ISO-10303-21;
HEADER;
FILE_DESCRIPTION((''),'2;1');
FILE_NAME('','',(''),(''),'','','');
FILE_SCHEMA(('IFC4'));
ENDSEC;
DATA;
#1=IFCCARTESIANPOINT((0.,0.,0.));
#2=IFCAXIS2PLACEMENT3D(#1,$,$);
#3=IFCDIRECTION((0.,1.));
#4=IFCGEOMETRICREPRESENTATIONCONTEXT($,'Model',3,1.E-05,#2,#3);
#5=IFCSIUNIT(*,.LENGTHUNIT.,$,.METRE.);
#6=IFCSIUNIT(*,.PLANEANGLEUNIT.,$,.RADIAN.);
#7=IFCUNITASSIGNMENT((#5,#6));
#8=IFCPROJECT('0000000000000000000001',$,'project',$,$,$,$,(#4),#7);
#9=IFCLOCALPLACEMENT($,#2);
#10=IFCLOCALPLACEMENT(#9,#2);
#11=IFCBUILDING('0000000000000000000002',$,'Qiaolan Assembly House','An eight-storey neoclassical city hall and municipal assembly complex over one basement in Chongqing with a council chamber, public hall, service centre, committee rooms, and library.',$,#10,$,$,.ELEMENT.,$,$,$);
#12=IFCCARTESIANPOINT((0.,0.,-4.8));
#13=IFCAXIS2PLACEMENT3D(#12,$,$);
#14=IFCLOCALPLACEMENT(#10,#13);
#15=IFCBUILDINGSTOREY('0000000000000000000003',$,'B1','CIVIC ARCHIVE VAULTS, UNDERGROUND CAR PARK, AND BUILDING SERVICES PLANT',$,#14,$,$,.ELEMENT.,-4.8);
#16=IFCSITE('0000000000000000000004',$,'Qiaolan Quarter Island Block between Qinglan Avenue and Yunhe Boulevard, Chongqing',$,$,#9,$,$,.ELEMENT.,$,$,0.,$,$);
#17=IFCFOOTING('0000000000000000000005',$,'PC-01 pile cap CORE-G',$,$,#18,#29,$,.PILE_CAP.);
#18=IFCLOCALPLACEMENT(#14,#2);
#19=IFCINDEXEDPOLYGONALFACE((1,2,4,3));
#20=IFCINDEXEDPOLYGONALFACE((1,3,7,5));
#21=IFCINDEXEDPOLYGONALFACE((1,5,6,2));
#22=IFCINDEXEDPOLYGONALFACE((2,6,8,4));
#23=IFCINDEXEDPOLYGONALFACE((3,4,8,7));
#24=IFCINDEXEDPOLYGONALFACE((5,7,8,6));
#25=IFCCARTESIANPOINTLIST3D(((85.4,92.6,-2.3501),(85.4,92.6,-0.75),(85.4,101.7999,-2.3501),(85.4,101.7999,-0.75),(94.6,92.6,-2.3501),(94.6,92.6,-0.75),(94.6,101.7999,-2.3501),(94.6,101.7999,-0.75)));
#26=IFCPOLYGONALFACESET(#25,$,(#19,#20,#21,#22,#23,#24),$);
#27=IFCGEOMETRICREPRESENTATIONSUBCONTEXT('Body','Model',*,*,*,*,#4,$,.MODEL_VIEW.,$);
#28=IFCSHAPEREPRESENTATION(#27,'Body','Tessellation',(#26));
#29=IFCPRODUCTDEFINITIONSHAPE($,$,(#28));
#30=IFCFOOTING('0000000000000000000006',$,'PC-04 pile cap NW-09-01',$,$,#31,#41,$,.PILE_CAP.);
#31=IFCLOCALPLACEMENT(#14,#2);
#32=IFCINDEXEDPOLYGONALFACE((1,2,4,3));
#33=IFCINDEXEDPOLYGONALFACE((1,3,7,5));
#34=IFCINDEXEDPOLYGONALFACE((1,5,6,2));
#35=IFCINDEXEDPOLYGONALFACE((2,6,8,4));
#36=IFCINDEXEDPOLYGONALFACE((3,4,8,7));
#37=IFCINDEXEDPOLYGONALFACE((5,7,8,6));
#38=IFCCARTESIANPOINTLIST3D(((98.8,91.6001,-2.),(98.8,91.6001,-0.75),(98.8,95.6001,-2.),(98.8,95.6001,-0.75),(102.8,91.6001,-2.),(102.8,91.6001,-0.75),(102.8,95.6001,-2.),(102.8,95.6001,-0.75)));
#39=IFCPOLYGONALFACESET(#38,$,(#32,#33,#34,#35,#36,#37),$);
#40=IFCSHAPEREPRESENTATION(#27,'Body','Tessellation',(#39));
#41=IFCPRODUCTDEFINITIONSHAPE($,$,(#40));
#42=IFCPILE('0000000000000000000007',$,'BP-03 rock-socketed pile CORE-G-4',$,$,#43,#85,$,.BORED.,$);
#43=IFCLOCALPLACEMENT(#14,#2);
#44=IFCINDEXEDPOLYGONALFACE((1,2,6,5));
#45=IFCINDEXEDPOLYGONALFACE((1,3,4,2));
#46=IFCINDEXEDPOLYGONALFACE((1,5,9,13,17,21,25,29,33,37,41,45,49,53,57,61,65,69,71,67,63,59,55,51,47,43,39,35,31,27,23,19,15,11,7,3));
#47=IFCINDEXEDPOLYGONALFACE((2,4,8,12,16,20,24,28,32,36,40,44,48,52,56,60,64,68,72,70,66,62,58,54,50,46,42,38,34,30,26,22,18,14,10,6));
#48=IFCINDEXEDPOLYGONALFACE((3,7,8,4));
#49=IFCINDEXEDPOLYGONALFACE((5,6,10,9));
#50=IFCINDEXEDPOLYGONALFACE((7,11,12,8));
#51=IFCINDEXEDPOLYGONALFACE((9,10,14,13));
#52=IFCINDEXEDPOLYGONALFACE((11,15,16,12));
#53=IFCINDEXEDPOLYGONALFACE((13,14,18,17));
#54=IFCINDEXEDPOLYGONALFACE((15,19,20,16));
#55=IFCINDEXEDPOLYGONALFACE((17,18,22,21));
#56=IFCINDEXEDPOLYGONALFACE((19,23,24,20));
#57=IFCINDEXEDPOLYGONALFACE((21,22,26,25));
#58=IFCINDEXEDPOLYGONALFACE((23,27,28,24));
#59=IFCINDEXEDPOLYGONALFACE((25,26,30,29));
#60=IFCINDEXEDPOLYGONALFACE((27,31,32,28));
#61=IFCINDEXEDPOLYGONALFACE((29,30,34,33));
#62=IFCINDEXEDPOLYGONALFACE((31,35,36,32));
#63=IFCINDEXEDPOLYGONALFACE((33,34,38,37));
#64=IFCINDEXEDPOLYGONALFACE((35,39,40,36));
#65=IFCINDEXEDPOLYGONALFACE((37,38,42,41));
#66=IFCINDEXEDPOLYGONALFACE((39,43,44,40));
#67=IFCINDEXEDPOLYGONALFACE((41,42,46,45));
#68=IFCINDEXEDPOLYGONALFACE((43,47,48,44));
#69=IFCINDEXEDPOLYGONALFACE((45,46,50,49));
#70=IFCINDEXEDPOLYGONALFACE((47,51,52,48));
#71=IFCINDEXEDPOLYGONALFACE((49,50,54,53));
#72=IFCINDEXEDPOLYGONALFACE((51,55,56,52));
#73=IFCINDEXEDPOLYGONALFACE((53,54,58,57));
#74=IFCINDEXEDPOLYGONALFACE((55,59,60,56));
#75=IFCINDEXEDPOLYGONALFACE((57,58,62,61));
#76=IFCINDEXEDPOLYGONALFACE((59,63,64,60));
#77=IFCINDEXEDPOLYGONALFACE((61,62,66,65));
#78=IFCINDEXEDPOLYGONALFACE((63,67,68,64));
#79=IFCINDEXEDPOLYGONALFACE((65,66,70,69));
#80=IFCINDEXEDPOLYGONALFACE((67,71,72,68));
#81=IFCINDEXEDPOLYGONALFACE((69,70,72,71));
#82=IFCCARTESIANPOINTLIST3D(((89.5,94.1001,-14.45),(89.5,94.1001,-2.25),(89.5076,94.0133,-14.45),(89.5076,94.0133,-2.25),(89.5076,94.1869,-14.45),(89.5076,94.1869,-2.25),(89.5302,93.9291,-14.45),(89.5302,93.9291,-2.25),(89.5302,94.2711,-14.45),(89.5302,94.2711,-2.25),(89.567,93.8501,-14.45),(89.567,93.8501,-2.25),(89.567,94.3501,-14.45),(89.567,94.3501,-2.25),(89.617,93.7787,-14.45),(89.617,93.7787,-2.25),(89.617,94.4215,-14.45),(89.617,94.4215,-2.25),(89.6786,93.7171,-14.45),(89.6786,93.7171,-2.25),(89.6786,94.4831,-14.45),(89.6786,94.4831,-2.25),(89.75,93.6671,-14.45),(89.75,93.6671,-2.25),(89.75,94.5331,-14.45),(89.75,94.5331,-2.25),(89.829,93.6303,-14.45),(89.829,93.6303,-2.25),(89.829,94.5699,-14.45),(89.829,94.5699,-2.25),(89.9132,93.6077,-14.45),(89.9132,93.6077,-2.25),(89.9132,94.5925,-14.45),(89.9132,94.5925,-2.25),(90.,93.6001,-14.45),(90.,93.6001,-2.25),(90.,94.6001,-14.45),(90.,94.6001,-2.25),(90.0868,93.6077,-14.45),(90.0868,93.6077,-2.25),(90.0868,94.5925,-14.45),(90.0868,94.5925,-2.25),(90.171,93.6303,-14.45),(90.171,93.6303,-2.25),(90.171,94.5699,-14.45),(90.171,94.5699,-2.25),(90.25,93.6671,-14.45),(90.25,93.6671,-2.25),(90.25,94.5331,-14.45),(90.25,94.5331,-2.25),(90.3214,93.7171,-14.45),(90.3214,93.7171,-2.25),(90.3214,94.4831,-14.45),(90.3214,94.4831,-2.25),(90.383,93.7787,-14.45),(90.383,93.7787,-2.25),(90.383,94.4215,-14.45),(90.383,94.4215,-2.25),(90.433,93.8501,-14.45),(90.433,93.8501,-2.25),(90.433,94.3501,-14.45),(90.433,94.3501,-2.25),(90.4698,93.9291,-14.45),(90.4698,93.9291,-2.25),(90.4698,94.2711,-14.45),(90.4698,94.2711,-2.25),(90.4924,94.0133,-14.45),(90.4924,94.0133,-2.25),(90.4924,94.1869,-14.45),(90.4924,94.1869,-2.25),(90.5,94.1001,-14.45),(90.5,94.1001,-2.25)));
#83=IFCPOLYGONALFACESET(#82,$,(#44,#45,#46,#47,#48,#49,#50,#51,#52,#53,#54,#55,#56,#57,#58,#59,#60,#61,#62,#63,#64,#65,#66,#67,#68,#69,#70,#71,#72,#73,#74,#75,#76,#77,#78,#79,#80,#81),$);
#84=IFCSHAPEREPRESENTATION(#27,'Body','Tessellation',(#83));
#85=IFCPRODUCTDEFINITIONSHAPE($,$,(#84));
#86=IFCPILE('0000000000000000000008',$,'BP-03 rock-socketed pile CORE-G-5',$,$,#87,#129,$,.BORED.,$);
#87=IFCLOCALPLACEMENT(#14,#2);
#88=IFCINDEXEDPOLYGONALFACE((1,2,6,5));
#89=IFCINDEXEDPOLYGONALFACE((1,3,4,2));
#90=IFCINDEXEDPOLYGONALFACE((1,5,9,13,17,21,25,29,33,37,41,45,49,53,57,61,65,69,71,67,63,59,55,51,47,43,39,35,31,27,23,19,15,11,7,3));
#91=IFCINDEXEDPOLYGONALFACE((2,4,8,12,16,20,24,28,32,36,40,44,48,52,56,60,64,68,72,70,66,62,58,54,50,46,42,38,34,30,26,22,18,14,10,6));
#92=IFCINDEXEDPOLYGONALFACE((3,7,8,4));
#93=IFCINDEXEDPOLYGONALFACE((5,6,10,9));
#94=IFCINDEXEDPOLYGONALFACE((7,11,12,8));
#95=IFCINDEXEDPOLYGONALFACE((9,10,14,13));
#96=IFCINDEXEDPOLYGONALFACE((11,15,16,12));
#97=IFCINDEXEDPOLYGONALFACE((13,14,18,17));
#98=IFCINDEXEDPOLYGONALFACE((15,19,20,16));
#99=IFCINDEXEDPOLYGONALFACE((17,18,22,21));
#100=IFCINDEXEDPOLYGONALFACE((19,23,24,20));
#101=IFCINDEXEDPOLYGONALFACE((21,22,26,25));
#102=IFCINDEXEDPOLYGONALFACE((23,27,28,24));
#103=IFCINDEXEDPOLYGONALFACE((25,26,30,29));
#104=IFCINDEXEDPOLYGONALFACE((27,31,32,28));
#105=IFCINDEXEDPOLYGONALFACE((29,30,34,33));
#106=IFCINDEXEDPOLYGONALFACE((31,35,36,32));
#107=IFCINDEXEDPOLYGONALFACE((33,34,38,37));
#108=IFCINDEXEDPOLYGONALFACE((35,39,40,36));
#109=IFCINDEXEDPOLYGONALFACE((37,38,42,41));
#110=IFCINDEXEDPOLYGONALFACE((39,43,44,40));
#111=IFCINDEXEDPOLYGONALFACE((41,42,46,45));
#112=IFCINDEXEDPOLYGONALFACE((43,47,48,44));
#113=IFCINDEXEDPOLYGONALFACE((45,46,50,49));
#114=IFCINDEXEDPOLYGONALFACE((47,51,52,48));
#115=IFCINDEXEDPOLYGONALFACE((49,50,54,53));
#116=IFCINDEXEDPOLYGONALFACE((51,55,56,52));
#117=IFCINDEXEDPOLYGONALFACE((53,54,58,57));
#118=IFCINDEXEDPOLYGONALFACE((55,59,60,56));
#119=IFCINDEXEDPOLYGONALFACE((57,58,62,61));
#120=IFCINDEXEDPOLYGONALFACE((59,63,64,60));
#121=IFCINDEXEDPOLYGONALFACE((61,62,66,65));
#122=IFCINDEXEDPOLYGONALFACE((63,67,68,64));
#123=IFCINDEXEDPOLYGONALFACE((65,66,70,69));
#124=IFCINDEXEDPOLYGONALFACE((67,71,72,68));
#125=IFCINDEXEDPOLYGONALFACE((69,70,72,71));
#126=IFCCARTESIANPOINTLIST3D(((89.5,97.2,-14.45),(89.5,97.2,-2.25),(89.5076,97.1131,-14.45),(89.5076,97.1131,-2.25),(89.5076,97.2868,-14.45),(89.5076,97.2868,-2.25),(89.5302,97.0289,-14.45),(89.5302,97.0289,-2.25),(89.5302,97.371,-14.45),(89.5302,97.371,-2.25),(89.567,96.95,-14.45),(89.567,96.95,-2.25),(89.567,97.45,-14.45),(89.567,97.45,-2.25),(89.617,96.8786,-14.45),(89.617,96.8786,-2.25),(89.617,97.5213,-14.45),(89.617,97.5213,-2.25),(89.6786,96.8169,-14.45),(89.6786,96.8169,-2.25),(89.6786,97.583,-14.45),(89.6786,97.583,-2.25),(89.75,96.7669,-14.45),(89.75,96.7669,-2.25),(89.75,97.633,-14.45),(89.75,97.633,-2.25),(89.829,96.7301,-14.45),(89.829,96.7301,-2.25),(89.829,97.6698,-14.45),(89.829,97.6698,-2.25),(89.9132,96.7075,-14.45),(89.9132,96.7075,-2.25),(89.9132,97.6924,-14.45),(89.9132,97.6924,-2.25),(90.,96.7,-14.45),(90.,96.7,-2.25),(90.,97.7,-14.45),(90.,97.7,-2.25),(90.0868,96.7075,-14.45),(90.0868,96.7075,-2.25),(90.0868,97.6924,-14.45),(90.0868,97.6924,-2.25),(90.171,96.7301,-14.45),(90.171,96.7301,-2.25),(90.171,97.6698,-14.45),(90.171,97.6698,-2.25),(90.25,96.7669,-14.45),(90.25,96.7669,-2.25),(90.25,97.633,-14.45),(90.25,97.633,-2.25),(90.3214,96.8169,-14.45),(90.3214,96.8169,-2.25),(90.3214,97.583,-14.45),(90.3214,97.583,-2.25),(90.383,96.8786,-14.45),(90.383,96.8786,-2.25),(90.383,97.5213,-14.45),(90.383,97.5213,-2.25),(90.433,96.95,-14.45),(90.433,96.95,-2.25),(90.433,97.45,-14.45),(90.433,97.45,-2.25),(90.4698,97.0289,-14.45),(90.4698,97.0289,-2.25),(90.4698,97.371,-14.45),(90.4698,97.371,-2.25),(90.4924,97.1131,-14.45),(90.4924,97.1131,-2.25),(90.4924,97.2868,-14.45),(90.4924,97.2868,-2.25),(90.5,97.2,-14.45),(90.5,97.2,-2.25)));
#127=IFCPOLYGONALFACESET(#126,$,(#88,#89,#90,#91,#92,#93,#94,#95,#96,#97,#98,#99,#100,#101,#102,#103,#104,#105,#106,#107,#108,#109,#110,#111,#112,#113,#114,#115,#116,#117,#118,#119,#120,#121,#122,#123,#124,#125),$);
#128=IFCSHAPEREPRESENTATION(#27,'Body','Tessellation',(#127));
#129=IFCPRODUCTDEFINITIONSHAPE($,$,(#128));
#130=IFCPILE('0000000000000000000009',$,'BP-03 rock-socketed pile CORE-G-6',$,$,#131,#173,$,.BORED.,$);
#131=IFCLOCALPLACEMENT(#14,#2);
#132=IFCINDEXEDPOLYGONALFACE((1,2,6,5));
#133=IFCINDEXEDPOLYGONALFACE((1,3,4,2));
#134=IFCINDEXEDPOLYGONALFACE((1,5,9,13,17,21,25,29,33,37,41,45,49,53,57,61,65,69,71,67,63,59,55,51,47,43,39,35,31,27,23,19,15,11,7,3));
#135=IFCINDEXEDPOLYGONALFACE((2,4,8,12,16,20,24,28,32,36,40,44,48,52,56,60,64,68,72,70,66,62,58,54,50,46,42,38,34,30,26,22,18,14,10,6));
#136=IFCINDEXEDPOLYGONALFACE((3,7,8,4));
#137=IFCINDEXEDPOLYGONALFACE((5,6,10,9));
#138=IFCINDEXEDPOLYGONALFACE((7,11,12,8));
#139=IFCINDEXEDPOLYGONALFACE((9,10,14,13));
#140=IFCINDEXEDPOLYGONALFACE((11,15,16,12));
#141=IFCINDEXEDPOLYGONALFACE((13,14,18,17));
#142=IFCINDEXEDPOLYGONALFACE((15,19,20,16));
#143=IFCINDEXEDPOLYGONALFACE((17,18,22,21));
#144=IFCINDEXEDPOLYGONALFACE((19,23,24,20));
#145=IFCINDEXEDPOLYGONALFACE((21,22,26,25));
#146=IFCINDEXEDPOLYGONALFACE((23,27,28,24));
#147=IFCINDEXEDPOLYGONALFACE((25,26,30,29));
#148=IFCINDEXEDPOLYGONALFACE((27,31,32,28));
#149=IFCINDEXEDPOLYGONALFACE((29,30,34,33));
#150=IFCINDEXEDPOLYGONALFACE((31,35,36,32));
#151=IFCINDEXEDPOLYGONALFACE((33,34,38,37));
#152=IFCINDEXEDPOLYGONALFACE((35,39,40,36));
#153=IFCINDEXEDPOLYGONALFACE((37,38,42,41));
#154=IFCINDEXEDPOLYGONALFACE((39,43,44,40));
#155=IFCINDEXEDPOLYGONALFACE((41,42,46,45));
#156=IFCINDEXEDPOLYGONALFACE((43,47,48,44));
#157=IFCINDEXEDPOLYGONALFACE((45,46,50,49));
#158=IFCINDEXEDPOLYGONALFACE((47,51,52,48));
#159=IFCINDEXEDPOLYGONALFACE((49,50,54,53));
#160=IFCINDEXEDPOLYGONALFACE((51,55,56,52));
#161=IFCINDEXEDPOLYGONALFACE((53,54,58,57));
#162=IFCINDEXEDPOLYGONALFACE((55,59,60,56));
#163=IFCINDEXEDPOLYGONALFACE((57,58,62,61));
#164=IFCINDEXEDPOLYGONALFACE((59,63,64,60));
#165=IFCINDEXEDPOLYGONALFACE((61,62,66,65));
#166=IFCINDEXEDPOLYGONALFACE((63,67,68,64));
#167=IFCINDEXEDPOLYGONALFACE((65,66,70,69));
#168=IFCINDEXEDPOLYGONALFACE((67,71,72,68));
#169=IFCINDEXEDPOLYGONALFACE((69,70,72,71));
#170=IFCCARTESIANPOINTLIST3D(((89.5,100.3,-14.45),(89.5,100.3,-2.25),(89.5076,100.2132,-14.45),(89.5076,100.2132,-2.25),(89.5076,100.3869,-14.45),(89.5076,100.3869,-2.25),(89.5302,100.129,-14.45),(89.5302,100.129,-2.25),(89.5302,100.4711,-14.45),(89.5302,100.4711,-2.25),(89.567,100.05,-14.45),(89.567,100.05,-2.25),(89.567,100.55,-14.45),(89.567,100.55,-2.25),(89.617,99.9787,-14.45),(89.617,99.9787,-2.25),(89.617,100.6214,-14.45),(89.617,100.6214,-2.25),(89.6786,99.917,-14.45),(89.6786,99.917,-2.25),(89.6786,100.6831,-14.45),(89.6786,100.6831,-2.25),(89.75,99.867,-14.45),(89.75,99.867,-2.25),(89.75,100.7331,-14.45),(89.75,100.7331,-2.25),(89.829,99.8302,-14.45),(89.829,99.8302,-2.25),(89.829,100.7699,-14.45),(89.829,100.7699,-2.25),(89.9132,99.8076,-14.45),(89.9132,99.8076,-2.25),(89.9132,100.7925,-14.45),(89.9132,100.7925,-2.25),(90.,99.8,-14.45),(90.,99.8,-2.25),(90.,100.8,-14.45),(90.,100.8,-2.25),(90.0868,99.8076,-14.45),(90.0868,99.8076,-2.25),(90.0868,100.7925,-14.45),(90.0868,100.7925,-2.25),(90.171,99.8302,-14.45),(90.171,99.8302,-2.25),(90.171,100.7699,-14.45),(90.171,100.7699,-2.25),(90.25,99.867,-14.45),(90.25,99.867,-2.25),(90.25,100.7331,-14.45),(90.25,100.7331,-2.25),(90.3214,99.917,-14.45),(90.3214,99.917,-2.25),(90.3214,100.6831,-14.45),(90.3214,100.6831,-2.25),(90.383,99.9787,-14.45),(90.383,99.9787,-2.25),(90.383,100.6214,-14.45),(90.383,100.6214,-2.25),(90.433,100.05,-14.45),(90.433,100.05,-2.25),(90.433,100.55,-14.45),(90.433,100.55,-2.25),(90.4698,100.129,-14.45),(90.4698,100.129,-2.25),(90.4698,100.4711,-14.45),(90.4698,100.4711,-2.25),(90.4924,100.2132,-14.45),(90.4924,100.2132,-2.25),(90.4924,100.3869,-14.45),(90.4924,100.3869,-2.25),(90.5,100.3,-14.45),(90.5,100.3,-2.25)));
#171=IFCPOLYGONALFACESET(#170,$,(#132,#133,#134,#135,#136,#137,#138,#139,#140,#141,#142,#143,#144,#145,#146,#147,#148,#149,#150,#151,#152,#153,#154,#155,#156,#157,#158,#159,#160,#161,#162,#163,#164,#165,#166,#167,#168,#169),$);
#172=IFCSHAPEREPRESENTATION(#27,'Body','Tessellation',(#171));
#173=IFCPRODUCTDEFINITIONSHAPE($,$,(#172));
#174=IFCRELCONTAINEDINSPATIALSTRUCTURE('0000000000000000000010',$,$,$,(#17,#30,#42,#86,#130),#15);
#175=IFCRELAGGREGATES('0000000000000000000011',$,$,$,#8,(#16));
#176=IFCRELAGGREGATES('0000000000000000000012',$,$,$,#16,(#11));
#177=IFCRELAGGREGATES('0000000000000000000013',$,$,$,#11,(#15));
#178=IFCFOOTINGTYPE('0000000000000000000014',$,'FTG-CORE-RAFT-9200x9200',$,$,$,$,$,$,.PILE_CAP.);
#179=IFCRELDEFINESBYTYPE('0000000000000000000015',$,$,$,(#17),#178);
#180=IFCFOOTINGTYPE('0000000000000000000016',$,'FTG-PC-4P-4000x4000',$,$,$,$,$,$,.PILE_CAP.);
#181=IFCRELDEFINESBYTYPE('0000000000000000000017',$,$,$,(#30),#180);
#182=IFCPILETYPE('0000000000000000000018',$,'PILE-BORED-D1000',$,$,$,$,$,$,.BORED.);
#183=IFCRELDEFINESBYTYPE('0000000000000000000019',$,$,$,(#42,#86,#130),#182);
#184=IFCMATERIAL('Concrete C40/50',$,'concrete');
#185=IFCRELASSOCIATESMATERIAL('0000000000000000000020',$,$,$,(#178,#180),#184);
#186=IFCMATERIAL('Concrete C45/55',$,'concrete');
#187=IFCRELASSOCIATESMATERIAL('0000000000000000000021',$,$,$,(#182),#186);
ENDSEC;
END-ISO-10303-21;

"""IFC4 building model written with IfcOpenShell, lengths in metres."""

from ifc_helpers import new_model, si_unit, direction, frame, origin, origin_2d, place, context, subcontext, project, spatial, rectangle, circle, extrude, material, material_profile, profile_set, type_object, element, save


model = new_model("IFC4")

# Units and contexts
model_context = context("Model", 3, precision=1e-05, world=origin(), true_north=direction((0.0, 1.0)))
body_context = subcontext(model_context, "Body", "Model", "MODEL_VIEW")
ifc_project = project(units=[si_unit("LENGTHUNIT", "METRE"), si_unit("PLANEANGLEUNIT", "RADIAN")], contexts=[model_context])

# Site, building, storey
site_placement = place(None, origin())
site = spatial("IfcSite", under=ifc_project, at=site_placement, Name="Qiaolan Quarter Island Block between Qinglan Avenue and Yunhe Boulevard, Chongqing", CompositionType="ELEMENT", RefElevation=0.0)
building_placement = place(site_placement, origin())
building = spatial("IfcBuilding", under=site, at=building_placement, Name="Qiaolan Assembly House", Description="An eight-storey neoclassical city hall and municipal assembly complex over one basement in Chongqing with a council chamber, public hall, service centre, committee rooms, and library.", CompositionType="ELEMENT")
storey_placement = place(building_placement, frame((0.0, 0.0, -4.8)))
storey = spatial("IfcBuildingStorey", under=building, at=storey_placement, Name="B1", Description="CIVIC ARCHIVE VAULTS, UNDERGROUND CAR PARK, AND BUILDING SERVICES PLANT", CompositionType="ELEMENT", Elevation=-4.8)

# Footings
ifc_material_1 = material(Name="Concrete C40/50", Category="concrete")
footing_type_1 = type_object("IfcFootingType", Name="FTG-CORE-RAFT-9200x9200", PredefinedType="PILE_CAP", material=ifc_material_1)
footing_1_placement = place(storey_placement, frame((90.0, 97.2, -2.3501), z_axis=(0.0, 0.0, 1.0), x_axis=(1.0, 0.0, 0.0)))
element("IfcFooting", 1, at=footing_1_placement, inside=storey, type_object=footing_type_1, Name="PC-01 pile cap CORE-G", PredefinedType="PILE_CAP", context=body_context, shape_type="SweptSolid", body=[
    extrude(rectangle(XDim=9.2, YDim=9.2, at=origin_2d()), origin(), (0.0, 0.0, 1.0), 1.6001),
])
footing_type_2 = type_object("IfcFootingType", Name="FTG-PC-4P-4000x4000", PredefinedType="PILE_CAP", material=ifc_material_1)
footing_2_placement = place(storey_placement, frame((100.8, 93.6001, -2.0), z_axis=(0.0, 0.0, 1.0), x_axis=(1.0, 0.0, 0.0)))
element("IfcFooting", 2, at=footing_2_placement, inside=storey, type_object=footing_type_2, Name="PC-04 pile cap NW-09-01", PredefinedType="PILE_CAP", context=body_context, shape_type="SweptSolid", body=[
    extrude(rectangle(XDim=4.0, YDim=4.0, at=origin_2d()), origin(), (0.0, 0.0, 1.0), 1.25),
])

# Piles
ifc_material_2 = material(Name="Concrete C45/55", Category="concrete")
ifc_material_profile_1 = material_profile(ifc_material_2, circle(Radius=0.5, at=origin_2d()), Name="PILE D1000")
ifc_profile_set_1 = profile_set([ifc_material_profile_1], Name="Concrete C45/55")
pile_type_1 = type_object("IfcPileType", Name="PILE-BORED-D1000", PredefinedType="BORED", material=ifc_profile_set_1)
for number, where, z_axis, x_axis, name in (
    (3, (90.0, 94.1001, -2.25), (0.0, 0.0, -1.0), (1.0, 0.0, 0.0), "BP-03 rock-socketed pile CORE-G-4"),
    (4, (90.0, 97.2, -2.25), (0.0, 0.0, -1.0), (1.0, 0.0, 0.0), "BP-03 rock-socketed pile CORE-G-5"),
    (5, (90.0, 100.3, -2.25), (0.0, 0.0, -1.0), (1.0, 0.0, 0.0), "BP-03 rock-socketed pile CORE-G-6"),
):
    element("IfcPile", number, at=place(storey_placement, frame(where, z_axis=z_axis, x_axis=x_axis)), inside=storey, type_object=pile_type_1, Name=name, PredefinedType="BORED", context=body_context, shape_type="SweptSolid", body=[
        extrude(circle(Radius=0.5, at=origin_2d()), origin(), (0.0, 0.0, 1.0), 12.2),
    ])

save(model, "model.ifc")
